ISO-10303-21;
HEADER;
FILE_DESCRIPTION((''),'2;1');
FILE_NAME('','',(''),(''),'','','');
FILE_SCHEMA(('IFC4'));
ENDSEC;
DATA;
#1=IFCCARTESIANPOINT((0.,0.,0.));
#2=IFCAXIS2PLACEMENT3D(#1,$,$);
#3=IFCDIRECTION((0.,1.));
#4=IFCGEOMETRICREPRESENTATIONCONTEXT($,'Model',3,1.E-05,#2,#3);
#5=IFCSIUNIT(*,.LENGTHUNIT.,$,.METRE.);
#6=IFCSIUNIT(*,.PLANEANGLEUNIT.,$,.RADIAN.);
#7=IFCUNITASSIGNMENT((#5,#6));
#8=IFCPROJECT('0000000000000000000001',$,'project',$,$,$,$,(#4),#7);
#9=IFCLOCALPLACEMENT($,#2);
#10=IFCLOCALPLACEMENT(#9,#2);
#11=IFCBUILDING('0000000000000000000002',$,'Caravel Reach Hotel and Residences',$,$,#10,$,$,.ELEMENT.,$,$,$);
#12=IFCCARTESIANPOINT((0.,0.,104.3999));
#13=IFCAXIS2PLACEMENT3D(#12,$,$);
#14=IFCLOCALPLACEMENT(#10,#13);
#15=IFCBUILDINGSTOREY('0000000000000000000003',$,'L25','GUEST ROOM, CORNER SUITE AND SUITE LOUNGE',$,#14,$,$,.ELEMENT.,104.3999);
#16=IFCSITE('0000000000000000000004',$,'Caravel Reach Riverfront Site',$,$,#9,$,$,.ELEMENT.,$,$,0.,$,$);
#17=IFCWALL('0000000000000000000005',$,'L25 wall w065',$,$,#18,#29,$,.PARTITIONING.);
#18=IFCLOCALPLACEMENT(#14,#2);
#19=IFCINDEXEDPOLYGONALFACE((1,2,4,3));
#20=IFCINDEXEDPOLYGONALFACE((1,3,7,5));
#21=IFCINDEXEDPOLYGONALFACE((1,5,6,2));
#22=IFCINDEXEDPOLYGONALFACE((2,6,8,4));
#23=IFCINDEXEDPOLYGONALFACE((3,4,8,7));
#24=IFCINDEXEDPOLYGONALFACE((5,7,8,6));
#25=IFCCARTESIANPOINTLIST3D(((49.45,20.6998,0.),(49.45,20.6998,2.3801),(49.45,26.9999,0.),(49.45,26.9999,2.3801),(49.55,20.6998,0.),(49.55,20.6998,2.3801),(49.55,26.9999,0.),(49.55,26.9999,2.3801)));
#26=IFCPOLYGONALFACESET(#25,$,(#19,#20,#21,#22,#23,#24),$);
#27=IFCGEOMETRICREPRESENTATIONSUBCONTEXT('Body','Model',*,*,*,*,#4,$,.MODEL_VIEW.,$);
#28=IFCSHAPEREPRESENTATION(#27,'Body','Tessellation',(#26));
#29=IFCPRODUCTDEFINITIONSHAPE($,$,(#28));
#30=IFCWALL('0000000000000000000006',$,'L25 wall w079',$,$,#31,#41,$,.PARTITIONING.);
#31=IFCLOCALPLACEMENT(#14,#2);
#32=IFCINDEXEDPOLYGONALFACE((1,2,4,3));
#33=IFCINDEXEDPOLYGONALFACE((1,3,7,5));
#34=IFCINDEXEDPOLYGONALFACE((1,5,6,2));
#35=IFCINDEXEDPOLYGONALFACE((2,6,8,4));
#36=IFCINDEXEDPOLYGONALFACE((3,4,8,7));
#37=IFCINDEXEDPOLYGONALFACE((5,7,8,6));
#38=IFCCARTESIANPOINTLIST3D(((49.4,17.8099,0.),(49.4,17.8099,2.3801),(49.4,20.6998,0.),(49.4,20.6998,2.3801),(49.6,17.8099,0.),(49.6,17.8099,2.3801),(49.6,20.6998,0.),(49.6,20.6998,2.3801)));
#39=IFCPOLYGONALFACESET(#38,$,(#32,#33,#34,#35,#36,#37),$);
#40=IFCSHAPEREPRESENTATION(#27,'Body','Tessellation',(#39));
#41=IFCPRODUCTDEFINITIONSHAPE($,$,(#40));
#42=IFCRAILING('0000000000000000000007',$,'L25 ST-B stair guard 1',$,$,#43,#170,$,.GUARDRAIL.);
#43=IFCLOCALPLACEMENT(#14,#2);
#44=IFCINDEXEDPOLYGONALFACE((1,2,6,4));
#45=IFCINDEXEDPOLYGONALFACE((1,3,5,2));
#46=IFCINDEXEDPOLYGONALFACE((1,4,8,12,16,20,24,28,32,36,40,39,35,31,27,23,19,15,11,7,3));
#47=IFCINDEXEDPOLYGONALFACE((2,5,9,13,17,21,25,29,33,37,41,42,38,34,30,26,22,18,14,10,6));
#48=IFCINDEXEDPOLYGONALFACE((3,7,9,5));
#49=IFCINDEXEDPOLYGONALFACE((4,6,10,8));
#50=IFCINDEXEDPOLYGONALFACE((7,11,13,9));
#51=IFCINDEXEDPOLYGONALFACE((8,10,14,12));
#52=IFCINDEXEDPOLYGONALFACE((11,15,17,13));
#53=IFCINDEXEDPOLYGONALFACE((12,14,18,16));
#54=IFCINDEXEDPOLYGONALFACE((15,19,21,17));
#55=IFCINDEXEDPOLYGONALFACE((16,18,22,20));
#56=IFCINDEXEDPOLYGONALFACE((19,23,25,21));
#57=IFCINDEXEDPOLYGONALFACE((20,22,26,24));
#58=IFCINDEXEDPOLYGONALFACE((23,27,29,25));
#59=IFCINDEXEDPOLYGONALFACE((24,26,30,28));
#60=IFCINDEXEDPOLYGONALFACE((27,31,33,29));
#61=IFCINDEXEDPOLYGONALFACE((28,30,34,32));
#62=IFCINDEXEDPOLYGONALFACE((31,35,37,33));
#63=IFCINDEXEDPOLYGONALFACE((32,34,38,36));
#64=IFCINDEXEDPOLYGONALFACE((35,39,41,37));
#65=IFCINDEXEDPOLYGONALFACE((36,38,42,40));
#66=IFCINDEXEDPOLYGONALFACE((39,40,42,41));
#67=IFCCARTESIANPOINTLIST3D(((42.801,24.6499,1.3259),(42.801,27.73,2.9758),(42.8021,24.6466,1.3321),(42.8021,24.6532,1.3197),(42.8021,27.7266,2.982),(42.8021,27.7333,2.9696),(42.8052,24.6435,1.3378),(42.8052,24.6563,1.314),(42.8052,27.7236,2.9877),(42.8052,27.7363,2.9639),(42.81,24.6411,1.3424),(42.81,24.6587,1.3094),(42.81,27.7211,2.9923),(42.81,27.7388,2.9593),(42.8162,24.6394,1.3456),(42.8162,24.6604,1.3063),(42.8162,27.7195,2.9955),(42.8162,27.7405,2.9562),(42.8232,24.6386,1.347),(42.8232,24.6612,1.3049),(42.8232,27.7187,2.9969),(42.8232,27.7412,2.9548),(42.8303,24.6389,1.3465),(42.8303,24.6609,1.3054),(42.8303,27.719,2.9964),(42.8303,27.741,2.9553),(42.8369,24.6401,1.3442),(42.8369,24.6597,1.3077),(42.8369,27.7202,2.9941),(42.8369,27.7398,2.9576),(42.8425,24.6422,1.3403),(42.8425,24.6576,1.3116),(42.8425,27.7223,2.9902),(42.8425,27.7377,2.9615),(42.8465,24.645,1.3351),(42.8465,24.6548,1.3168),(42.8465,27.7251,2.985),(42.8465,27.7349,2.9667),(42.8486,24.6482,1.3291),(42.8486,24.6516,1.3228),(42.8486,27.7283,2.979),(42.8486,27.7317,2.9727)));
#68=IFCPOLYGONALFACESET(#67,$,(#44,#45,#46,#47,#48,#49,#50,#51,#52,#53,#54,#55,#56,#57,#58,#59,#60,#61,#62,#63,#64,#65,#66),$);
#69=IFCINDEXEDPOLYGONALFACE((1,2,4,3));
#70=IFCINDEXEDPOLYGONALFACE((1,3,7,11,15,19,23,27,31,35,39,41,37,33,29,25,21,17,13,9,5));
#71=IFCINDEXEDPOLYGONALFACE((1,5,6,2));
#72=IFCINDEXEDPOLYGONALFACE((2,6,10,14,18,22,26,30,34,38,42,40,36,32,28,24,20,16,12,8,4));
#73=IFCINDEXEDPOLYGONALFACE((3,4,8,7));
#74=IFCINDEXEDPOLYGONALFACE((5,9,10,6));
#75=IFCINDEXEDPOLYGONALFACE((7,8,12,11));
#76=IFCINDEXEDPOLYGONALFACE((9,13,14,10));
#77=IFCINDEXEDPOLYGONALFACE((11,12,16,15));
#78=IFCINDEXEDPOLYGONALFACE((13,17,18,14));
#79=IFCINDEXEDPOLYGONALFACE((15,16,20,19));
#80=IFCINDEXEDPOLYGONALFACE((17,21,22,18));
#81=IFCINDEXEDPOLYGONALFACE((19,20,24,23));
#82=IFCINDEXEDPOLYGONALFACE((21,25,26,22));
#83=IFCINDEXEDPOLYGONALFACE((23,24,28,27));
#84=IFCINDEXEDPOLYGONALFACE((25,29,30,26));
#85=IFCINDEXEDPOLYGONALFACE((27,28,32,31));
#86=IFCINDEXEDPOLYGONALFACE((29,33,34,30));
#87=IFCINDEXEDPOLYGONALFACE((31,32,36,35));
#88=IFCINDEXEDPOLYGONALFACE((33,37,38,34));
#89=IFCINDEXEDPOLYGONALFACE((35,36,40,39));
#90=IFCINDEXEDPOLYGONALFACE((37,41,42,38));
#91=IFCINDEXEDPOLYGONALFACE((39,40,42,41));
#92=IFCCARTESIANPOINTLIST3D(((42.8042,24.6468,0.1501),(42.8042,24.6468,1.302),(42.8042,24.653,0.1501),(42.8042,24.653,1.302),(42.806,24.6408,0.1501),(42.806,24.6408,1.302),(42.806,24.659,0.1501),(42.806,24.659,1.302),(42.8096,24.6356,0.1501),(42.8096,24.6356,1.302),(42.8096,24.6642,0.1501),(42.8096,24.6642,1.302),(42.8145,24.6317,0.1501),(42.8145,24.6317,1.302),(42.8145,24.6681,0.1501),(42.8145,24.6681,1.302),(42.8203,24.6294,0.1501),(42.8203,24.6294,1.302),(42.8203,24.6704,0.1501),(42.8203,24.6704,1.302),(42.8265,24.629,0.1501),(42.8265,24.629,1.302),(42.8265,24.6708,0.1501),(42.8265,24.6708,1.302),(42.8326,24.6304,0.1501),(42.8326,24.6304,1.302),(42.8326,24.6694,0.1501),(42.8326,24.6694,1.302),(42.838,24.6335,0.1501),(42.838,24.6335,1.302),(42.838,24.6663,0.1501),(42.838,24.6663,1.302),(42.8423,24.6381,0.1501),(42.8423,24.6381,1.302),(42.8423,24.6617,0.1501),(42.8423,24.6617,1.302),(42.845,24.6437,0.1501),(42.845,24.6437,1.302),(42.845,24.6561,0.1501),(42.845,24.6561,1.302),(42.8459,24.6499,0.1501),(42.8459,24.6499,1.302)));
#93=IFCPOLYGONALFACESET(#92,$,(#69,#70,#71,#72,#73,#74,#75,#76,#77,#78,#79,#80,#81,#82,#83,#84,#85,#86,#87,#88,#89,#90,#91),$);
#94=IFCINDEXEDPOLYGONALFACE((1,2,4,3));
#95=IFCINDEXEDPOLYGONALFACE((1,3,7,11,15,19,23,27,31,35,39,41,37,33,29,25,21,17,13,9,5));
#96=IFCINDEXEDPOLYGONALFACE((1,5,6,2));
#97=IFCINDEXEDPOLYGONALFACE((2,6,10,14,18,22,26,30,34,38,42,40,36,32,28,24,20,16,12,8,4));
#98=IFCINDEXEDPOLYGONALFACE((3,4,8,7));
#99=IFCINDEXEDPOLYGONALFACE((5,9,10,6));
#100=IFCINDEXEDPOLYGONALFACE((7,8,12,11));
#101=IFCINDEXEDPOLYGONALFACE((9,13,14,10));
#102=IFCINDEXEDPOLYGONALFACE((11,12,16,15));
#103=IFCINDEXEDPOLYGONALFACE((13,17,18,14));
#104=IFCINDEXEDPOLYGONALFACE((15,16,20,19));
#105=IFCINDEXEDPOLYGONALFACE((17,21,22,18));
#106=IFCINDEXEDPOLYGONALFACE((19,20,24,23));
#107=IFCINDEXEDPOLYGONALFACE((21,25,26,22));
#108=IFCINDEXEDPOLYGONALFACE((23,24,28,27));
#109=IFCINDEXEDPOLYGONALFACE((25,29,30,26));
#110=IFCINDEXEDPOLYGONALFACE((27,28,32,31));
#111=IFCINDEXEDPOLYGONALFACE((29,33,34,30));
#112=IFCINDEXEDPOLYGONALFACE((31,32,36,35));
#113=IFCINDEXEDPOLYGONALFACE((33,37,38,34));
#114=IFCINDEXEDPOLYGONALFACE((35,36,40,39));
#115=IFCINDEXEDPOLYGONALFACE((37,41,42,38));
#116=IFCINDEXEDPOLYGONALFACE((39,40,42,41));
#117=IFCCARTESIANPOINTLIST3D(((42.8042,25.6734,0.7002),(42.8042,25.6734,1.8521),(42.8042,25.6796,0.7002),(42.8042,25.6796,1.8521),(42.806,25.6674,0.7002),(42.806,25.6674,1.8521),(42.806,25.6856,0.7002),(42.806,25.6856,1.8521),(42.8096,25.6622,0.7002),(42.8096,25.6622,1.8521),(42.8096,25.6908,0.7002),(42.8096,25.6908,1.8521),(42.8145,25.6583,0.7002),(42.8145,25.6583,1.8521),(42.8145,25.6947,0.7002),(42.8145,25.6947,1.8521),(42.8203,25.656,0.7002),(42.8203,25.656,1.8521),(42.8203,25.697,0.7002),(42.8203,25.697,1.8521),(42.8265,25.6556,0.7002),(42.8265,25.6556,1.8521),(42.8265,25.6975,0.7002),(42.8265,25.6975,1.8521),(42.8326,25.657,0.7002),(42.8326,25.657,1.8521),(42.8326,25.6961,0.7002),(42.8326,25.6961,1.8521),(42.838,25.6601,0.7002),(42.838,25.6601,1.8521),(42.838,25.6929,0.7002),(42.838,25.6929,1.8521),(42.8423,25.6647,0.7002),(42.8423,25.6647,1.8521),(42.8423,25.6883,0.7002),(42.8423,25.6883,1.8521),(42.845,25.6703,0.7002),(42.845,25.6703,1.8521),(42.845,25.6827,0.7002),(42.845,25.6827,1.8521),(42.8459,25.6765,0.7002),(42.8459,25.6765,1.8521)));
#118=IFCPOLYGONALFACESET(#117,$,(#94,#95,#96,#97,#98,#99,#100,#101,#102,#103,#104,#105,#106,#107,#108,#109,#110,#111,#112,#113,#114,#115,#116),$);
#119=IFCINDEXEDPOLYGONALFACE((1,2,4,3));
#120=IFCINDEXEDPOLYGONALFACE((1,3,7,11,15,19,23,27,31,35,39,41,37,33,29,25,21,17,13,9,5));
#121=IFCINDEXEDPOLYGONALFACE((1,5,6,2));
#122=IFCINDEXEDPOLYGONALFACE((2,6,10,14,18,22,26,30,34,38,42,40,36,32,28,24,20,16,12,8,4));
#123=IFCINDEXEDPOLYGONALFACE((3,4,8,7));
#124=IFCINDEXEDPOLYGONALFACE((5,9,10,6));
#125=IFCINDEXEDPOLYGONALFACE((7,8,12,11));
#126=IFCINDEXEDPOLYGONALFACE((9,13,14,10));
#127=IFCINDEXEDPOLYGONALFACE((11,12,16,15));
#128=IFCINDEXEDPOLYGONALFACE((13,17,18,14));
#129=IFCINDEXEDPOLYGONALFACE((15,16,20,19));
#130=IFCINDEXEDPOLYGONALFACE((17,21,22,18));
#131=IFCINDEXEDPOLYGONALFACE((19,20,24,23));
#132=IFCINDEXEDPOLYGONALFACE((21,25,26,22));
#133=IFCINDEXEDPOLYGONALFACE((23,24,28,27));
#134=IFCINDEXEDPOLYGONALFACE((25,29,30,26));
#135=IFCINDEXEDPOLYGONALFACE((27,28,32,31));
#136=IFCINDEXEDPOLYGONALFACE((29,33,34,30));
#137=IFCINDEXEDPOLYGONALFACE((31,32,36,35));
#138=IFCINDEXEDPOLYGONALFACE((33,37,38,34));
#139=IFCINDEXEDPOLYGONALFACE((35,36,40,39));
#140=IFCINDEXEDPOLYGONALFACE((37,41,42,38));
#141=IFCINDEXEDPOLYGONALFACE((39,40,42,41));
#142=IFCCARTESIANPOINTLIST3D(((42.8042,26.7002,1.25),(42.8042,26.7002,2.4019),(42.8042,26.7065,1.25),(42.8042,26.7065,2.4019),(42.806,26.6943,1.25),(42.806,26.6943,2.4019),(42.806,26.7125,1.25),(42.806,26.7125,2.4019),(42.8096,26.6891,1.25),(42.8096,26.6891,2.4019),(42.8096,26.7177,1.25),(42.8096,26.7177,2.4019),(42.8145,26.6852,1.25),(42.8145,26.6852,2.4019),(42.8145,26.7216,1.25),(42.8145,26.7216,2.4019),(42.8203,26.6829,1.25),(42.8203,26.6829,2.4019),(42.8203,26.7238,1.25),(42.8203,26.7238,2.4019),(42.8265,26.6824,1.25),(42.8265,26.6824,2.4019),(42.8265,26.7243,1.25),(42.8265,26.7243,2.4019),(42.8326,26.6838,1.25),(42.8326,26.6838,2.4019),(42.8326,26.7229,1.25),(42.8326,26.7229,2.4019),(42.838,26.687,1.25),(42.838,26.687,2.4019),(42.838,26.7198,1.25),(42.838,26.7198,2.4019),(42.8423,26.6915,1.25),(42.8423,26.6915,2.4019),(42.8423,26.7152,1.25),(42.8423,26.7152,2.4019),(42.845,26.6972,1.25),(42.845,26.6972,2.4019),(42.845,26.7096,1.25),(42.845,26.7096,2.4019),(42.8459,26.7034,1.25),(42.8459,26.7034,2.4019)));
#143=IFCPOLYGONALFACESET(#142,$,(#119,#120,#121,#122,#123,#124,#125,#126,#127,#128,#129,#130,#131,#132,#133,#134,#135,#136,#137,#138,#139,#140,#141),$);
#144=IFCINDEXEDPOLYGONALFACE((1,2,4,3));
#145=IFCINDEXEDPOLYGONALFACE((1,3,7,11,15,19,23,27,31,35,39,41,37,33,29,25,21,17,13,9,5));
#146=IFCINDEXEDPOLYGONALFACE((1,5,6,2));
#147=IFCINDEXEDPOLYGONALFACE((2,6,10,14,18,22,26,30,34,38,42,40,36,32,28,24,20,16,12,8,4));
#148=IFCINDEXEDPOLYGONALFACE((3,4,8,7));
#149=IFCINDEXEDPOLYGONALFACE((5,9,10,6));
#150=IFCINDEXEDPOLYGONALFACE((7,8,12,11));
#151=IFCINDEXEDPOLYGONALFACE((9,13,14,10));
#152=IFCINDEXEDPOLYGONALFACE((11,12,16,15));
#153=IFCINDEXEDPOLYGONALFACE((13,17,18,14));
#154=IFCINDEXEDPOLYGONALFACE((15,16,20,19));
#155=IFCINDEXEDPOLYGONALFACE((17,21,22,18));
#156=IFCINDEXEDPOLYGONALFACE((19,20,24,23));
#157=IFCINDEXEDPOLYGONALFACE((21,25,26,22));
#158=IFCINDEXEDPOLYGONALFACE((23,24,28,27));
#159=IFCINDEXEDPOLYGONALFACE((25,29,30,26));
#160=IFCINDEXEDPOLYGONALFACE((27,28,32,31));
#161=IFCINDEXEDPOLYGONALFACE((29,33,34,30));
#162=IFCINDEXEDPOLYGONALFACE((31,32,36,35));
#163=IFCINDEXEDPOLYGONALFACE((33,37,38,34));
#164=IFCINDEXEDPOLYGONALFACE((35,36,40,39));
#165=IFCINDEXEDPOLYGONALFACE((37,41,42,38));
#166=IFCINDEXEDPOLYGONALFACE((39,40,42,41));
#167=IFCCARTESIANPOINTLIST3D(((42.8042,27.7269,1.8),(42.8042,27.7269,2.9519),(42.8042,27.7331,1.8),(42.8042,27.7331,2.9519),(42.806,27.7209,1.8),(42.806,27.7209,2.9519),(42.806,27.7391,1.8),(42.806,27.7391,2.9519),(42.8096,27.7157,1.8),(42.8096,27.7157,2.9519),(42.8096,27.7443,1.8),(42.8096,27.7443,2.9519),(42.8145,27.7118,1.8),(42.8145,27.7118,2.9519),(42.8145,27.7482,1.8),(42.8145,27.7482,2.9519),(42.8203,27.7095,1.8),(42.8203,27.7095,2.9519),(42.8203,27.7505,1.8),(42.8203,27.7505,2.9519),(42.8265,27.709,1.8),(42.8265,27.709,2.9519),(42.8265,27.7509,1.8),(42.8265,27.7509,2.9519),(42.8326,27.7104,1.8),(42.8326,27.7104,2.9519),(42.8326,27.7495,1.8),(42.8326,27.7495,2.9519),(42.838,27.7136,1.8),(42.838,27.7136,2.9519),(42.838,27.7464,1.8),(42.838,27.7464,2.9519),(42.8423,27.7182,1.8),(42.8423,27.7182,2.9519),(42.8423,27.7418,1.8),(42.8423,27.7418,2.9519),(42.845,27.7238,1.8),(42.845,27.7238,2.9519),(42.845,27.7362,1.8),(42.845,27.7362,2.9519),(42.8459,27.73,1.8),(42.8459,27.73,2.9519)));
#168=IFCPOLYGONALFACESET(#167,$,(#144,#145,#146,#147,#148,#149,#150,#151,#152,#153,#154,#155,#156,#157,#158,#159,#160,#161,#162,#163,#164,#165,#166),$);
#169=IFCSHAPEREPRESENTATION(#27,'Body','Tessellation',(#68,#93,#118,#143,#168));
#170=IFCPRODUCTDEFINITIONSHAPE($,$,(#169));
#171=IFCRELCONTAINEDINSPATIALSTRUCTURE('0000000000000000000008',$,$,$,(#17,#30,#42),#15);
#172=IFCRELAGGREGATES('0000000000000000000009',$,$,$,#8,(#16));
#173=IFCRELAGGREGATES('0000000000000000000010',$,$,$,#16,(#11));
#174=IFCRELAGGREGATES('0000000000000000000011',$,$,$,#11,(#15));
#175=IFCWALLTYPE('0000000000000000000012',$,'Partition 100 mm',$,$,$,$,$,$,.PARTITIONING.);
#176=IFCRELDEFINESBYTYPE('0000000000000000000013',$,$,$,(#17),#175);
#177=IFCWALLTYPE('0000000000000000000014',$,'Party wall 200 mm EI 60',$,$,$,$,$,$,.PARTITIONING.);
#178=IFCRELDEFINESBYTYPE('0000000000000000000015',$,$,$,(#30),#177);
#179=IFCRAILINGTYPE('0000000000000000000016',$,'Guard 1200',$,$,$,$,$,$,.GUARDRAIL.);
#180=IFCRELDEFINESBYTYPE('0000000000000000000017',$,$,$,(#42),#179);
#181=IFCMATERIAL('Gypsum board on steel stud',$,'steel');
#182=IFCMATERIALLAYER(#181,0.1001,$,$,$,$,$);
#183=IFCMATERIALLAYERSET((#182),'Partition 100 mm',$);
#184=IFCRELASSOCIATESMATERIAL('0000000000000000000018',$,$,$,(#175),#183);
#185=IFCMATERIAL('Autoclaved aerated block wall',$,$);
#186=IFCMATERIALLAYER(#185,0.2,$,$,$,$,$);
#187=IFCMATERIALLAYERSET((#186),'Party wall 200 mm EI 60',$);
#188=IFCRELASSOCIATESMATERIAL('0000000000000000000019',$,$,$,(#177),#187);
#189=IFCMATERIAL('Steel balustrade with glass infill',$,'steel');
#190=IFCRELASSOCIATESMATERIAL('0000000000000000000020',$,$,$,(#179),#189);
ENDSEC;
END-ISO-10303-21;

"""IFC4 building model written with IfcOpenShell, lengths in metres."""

from ifc_helpers import new_model, si_unit, direction, frame, frame_2d, origin, origin_2d, place, context, subcontext, project, spatial, rectangle, circle, extrude, material, layer, layer_set, type_object, element, save


model = new_model("IFC4")

# Units and contexts
model_context = context("Model", 3, precision=1e-05, world=origin(), true_north=direction((0.0, 1.0)))
body_context = subcontext(model_context, "Body", "Model", "MODEL_VIEW")
ifc_project = project(units=[si_unit("LENGTHUNIT", "METRE"), si_unit("PLANEANGLEUNIT", "RADIAN")], contexts=[model_context])

# Site, building, storey
site_placement = place(None, origin())
site = spatial("IfcSite", under=ifc_project, at=site_placement, Name="Caravel Reach Riverfront Site", CompositionType="ELEMENT", RefElevation=0.0)
building_placement = place(site_placement, origin())
building = spatial("IfcBuilding", under=site, at=building_placement, Name="Caravel Reach Hotel and Residences", CompositionType="ELEMENT")
storey_placement = place(building_placement, frame((0.0, 0.0, 104.3999)))
storey = spatial("IfcBuildingStorey", under=building, at=storey_placement, Name="L25", Description="GUEST ROOM, CORNER SUITE AND SUITE LOUNGE", CompositionType="ELEMENT", Elevation=104.3999)

# Walls
ifc_material_1 = material(Name="Gypsum board on steel stud", Category="steel")
ifc_layer_1 = layer(ifc_material_1, 0.1001)
ifc_layer_set_1 = layer_set([ifc_layer_1], Name="Partition 100 mm")
wall_type_1 = type_object("IfcWallType", Name="Partition 100 mm", PredefinedType="PARTITIONING", material=ifc_layer_set_1)
wall_1_placement = place(storey_placement, frame((49.5, 20.7, 0.0), z_axis=(0.0, 0.0, 1.0), x_axis=(0.0, 1.0, 0.0)))
element("IfcWall", 1, at=wall_1_placement, inside=storey, type_object=wall_type_1, Name="L25 wall w065", PredefinedType="PARTITIONING", context=body_context, shape_type="SweptSolid", body=[
    extrude(rectangle(XDim=6.3, YDim=0.1001, at=frame_2d((3.1499, 0.0))), origin(), (0.0, 0.0, 1.0), 2.3801),
])
ifc_material_2 = material(Name="Autoclaved aerated block wall")
ifc_layer_2 = layer(ifc_material_2, 0.2)
ifc_layer_set_2 = layer_set([ifc_layer_2], Name="Party wall 200 mm EI 60")
wall_type_2 = type_object("IfcWallType", Name="Party wall 200 mm EI 60", PredefinedType="PARTITIONING", material=ifc_layer_set_2)
wall_2_placement = place(storey_placement, frame((49.5, 17.8101, 0.0), z_axis=(0.0, 0.0, 1.0), x_axis=(0.0, 1.0, 0.0)))
element("IfcWall", 2, at=wall_2_placement, inside=storey, type_object=wall_type_2, Name="L25 wall w079", PredefinedType="PARTITIONING", context=body_context, shape_type="SweptSolid", body=[
    extrude(rectangle(XDim=2.8899, YDim=0.2, at=frame_2d((1.4448, 0.0))), origin(), (0.0, 0.0, 1.0), 2.3801),
])

# Railing
ifc_material_3 = material(Name="Steel balustrade with glass infill", Category="steel")
railing_type_1 = type_object("IfcRailingType", Name="Guard 1200", PredefinedType="GUARDRAIL", material=ifc_material_3)
railing_1_placement = place(storey_placement, frame((42.825, 24.6499, 0.1501)))
element("IfcRailing", 3, at=railing_1_placement, inside=storey, type_object=railing_type_1, Name="L25 ST-B stair guard 1", PredefinedType="GUARDRAIL", context=body_context, shape_type="SweptSolid", body=[
    extrude(circle(Radius=0.0239, at=origin_2d()), frame((0.0, 0.0, 1.1758), z_axis=(0.0, 0.881497, 0.47219), x_axis=(-1.0, 0.0, 0.0)), (0.0, 0.0, 1.0), 3.4941),
    extrude(circle(Radius=0.021, at=origin_2d()), origin(), (0.0, 0.0, 1.0), 1.1519),
    extrude(circle(Radius=0.021, at=origin_2d()), frame((0.0, 1.0266, 0.55)), (0.0, 0.0, 1.0), 1.1519),
    extrude(circle(Radius=0.021, at=origin_2d()), frame((0.0, 2.0535, 1.0999)), (0.0, 0.0, 1.0), 1.1519),
    extrude(circle(Radius=0.021, at=origin_2d()), frame((0.0, 3.0801, 1.6499)), (0.0, 0.0, 1.0), 1.1519),
])

save(model, "model.ifc")
